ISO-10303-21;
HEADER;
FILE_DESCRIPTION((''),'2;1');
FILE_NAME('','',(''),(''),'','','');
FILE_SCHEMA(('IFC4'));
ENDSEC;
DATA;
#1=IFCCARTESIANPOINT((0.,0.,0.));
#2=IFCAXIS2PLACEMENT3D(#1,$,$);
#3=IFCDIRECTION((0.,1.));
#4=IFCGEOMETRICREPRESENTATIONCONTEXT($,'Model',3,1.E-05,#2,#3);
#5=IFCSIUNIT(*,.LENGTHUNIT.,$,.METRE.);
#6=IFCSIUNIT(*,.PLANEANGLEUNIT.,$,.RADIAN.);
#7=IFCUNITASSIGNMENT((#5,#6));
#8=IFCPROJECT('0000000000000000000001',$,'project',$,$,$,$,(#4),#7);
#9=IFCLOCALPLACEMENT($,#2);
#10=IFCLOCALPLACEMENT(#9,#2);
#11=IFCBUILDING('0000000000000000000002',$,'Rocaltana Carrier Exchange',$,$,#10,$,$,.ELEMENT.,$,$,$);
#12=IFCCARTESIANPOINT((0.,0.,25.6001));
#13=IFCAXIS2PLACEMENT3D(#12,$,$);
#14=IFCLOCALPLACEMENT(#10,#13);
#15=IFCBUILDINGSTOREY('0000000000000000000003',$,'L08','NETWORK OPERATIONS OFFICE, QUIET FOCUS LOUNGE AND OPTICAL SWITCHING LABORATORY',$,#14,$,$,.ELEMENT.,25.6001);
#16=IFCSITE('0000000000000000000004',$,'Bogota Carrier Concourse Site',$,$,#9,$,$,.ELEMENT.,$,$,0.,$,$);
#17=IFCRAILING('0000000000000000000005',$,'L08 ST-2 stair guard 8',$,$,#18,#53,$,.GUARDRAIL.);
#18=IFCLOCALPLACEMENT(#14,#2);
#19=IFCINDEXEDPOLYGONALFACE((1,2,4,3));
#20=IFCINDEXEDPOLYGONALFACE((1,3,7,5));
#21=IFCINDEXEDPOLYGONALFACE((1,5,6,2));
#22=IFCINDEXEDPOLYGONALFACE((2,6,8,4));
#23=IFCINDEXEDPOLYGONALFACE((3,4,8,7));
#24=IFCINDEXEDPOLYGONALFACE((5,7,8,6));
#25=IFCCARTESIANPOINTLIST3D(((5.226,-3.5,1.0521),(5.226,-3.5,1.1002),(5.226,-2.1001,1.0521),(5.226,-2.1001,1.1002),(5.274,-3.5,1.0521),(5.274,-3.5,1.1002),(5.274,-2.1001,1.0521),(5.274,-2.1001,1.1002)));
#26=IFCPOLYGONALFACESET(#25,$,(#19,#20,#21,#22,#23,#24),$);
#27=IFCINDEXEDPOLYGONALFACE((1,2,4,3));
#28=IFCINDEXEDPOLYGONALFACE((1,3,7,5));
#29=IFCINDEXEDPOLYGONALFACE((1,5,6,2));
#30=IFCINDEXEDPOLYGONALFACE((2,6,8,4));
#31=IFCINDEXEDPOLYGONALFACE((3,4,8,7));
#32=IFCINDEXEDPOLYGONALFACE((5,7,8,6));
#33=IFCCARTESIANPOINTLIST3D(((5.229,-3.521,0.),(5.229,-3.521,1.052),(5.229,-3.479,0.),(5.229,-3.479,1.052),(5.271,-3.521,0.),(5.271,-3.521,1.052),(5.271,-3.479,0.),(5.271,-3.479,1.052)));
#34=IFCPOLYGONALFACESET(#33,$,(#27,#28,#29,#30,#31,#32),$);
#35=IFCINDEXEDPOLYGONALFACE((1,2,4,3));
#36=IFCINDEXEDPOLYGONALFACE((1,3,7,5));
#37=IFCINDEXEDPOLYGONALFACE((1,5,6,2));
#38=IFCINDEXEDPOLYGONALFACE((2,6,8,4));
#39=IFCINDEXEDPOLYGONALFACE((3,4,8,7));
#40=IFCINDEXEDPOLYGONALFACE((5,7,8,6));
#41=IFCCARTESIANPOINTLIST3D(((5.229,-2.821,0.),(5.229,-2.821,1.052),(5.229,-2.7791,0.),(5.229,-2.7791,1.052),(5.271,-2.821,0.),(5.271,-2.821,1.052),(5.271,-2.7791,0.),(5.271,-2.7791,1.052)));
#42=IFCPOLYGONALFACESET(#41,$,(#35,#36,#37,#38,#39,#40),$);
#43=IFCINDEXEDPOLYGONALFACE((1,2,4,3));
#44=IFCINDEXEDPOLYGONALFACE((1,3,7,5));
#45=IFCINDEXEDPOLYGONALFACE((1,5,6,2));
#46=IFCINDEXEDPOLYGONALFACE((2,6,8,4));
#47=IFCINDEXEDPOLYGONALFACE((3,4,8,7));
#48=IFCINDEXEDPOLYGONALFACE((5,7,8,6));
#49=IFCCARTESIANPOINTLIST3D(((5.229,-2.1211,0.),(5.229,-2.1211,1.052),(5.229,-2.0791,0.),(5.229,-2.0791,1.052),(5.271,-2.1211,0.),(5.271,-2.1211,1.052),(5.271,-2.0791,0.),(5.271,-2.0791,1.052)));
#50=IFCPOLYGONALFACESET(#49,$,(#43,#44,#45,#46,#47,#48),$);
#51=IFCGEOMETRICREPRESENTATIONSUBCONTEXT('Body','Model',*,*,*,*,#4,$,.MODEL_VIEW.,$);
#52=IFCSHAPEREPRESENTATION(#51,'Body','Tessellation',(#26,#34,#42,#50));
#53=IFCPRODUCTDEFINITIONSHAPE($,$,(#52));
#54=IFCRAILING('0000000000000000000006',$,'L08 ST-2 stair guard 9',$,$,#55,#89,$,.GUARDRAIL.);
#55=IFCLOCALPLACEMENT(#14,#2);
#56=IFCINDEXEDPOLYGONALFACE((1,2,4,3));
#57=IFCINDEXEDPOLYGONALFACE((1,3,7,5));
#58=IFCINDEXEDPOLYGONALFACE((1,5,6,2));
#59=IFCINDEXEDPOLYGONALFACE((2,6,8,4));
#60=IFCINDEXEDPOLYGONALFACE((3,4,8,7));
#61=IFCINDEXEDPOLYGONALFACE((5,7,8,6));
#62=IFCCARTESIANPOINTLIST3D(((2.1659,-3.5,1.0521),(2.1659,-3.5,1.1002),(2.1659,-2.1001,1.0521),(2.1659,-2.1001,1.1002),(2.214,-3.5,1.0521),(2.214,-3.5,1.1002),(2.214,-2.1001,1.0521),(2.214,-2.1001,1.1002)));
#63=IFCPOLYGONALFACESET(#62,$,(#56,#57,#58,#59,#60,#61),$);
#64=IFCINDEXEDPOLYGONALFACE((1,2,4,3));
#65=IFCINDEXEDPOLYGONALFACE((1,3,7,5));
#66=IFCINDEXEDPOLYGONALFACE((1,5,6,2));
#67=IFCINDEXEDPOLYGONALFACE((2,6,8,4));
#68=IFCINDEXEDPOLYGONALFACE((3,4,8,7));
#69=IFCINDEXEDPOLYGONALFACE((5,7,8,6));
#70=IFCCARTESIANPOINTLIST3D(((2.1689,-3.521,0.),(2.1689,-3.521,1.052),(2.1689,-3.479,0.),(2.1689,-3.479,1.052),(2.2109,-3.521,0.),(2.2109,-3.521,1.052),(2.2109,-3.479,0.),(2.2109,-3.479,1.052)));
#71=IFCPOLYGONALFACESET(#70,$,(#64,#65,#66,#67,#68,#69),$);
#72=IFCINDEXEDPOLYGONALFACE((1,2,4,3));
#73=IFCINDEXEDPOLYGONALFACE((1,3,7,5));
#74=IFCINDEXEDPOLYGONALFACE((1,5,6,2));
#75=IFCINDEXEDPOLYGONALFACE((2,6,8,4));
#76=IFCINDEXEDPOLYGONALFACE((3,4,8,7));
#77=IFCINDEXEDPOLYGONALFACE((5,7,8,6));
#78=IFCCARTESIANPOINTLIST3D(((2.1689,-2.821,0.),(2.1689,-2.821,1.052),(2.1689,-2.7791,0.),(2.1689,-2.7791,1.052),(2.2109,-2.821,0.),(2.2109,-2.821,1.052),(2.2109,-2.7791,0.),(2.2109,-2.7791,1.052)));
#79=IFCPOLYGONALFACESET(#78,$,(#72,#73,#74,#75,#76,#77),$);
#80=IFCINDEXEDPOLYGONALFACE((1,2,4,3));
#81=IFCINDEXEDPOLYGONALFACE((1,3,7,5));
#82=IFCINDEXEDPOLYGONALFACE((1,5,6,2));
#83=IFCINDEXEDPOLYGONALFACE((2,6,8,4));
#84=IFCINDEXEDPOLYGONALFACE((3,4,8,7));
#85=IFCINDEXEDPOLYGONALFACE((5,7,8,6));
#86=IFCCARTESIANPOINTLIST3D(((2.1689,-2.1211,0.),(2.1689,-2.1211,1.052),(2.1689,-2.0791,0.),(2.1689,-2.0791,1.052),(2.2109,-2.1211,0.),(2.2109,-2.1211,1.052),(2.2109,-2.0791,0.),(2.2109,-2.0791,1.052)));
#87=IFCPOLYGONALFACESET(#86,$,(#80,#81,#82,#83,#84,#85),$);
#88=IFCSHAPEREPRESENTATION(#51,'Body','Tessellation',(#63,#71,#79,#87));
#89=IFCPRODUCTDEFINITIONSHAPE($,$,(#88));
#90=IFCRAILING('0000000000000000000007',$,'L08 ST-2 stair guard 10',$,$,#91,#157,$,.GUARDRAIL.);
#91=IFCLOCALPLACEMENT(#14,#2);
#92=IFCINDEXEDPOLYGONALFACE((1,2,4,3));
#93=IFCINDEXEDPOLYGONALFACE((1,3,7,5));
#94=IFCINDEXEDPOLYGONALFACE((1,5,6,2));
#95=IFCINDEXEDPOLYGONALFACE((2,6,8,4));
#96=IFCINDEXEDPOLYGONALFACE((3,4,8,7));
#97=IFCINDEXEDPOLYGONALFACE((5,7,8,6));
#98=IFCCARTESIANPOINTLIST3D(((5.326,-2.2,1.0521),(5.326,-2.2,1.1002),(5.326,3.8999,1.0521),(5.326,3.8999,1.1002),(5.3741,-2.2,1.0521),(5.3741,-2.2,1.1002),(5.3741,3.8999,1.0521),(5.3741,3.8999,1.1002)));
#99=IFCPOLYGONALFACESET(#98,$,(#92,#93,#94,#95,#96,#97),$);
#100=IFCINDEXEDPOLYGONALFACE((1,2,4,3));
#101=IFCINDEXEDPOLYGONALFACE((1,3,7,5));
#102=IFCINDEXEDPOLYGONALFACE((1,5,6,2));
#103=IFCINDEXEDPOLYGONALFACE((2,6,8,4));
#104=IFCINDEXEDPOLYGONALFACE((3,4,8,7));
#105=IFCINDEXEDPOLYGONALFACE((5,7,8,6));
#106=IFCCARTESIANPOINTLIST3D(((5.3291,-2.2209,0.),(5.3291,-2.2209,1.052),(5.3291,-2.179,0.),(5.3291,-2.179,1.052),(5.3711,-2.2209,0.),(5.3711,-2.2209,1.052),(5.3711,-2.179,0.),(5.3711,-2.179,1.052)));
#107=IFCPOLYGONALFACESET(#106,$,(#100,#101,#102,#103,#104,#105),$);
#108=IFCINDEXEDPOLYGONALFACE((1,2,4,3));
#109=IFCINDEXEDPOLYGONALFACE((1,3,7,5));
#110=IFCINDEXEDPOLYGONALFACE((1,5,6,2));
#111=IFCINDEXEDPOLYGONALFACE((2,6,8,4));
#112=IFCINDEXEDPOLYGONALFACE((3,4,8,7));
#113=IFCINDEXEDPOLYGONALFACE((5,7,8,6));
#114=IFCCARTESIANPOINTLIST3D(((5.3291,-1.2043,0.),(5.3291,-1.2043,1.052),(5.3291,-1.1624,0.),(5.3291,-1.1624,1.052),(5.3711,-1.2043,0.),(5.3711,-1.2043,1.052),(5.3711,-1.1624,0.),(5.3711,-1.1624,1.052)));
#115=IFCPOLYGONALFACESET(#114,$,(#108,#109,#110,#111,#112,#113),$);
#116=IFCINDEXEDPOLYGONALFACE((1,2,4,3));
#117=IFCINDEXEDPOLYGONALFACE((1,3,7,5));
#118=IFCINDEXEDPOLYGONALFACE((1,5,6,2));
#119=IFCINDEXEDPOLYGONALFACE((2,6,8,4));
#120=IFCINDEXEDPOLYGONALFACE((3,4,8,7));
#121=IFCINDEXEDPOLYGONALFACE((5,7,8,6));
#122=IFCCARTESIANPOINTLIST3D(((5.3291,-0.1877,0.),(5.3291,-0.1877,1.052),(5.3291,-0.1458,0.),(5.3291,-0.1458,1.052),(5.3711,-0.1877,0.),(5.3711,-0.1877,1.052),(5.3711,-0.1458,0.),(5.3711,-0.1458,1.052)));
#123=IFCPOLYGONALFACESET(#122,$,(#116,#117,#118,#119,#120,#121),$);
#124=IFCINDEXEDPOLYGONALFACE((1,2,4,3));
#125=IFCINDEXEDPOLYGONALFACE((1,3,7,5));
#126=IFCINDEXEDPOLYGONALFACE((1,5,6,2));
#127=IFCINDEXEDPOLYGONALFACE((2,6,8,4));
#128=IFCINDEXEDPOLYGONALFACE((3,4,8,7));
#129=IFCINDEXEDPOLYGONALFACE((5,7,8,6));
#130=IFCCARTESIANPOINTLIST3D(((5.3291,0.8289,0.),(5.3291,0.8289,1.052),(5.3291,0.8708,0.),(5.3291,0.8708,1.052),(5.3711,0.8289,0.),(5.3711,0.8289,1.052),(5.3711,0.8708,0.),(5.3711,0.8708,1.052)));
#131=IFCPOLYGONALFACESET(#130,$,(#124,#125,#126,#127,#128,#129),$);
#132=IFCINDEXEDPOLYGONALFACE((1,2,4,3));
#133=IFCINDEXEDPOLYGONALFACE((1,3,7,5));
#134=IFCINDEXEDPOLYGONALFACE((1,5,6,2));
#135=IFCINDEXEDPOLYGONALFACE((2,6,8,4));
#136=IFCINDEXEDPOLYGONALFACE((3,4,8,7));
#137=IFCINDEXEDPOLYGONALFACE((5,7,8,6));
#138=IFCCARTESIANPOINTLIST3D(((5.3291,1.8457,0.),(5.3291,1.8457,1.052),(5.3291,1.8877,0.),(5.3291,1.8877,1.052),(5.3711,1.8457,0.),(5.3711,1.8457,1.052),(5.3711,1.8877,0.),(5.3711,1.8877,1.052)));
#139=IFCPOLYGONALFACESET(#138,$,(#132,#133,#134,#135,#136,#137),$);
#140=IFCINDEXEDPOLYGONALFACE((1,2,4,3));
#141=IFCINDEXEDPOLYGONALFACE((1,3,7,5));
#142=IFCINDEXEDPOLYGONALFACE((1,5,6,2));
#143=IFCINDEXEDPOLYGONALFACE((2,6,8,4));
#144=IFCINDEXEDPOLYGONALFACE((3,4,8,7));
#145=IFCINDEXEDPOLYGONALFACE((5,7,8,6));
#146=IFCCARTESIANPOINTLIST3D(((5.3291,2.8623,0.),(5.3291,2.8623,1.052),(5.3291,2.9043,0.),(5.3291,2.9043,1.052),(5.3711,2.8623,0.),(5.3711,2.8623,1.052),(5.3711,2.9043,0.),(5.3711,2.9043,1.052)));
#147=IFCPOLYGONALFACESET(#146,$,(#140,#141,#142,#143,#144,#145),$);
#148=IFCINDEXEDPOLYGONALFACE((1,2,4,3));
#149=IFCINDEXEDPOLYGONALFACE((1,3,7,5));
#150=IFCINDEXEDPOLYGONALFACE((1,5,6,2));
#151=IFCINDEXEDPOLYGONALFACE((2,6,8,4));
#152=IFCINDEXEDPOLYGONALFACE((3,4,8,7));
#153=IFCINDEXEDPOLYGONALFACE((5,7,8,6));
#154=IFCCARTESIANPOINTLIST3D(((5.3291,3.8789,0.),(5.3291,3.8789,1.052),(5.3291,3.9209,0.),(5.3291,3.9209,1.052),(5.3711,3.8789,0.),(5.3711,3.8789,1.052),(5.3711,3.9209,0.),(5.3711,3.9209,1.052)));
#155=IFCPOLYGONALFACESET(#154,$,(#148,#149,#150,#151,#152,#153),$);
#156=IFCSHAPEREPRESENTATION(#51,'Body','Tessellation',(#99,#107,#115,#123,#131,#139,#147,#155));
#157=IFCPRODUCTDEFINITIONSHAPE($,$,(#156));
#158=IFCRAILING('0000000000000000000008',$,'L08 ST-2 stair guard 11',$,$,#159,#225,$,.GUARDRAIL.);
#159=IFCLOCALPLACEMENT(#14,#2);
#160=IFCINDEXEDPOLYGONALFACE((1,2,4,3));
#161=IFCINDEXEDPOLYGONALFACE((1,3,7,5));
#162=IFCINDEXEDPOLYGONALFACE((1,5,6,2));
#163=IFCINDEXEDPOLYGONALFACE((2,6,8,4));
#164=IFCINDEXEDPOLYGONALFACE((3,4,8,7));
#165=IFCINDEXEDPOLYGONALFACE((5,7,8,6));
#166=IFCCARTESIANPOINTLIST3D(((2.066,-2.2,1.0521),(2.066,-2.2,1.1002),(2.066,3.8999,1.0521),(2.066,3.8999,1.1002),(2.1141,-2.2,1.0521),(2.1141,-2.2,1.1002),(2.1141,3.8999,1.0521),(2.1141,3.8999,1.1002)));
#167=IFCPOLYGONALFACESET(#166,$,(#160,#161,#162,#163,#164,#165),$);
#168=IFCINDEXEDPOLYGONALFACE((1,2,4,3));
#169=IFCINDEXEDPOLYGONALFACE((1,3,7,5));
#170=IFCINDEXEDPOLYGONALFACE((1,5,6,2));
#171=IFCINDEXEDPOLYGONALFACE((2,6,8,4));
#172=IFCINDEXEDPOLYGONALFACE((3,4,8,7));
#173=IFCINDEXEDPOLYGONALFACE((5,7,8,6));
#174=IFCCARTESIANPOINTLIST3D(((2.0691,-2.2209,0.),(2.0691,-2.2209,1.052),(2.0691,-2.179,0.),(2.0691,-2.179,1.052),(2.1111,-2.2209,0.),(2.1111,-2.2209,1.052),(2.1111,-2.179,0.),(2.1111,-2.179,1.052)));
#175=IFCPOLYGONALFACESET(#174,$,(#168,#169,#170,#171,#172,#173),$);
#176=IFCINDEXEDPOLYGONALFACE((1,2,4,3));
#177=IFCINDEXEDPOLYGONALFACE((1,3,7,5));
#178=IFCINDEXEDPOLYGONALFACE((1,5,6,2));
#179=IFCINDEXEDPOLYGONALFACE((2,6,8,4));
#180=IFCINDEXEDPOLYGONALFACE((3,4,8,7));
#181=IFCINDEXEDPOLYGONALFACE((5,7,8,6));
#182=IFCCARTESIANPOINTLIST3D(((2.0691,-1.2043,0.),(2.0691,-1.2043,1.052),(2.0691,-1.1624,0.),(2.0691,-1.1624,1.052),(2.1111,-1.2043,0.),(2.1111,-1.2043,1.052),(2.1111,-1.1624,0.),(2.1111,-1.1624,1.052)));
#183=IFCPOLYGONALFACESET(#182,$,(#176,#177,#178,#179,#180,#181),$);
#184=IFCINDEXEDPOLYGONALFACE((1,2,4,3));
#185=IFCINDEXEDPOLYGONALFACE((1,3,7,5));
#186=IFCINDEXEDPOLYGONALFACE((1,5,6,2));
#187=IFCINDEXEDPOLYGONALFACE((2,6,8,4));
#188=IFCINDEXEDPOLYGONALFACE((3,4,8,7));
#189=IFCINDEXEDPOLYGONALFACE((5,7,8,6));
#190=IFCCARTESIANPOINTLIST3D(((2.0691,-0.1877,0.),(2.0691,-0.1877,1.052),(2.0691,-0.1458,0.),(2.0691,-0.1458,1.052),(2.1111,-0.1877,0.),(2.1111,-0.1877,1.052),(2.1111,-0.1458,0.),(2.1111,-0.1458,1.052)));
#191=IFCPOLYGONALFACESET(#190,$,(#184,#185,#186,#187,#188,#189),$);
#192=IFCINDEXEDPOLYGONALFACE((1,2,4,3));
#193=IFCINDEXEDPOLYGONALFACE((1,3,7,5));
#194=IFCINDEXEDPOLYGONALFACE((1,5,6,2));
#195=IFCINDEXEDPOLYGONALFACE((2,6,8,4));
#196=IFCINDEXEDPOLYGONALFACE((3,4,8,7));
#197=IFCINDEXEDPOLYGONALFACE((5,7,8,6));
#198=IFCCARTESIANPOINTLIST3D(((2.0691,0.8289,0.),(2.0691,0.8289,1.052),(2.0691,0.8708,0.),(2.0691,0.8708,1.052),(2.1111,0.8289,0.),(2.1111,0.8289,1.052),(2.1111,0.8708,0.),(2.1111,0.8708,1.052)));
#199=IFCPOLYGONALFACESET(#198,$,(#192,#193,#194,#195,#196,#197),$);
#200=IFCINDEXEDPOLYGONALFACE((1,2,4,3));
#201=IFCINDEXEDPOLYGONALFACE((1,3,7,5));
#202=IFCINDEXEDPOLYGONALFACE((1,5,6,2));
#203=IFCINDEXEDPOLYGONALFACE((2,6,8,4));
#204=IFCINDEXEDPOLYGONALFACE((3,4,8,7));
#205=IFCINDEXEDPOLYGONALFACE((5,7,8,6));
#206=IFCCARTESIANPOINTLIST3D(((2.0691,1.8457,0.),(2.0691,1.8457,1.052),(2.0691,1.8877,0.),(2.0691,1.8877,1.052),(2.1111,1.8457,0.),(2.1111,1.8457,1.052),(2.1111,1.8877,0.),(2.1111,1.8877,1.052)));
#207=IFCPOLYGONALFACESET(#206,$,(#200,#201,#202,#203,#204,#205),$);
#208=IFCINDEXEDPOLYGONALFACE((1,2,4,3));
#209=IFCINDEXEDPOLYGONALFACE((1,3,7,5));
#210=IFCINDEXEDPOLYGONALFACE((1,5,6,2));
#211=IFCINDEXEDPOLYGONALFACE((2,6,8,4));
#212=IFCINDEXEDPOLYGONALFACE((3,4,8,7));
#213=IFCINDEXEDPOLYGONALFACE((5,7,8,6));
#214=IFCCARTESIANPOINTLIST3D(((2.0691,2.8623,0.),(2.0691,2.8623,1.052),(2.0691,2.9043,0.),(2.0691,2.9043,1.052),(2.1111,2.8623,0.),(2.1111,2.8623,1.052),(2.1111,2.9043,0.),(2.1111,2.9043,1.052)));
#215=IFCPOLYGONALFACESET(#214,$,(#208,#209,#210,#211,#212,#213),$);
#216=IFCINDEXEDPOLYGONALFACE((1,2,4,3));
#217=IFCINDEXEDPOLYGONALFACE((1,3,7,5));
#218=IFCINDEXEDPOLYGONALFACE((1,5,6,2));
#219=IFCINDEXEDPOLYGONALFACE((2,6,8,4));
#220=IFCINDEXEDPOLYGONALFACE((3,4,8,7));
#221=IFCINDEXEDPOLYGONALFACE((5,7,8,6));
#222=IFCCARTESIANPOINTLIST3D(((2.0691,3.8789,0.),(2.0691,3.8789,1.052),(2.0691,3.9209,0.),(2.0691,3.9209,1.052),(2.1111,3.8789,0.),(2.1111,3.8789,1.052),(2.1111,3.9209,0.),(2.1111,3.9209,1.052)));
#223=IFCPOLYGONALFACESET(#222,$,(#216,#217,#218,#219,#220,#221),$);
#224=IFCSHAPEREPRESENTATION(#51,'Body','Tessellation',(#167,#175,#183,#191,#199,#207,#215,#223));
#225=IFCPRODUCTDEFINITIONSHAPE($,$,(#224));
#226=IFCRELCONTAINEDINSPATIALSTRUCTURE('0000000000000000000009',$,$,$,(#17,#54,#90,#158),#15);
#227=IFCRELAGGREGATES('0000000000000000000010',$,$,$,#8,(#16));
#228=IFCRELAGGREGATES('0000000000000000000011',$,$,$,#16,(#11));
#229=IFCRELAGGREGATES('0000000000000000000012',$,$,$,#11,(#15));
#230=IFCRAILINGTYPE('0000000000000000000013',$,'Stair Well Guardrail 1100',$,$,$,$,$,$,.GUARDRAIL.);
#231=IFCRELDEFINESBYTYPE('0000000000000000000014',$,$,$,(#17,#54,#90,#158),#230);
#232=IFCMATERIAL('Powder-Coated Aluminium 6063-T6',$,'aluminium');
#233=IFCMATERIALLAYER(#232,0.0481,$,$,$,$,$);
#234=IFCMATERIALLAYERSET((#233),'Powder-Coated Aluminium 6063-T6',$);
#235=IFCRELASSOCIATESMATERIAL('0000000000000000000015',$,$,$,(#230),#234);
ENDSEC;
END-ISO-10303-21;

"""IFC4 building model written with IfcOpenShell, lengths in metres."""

from ifc_helpers import new_model, si_unit, direction, frame, origin, origin_2d, place, context, subcontext, project, spatial, rectangle, extrude, material, layer, layer_set, type_object, element, save


model = new_model("IFC4")

# Units and contexts
model_context = context("Model", 3, precision=1e-05, world=origin(), true_north=direction((0.0, 1.0)))
body_context = subcontext(model_context, "Body", "Model", "MODEL_VIEW")
ifc_project = project(units=[si_unit("LENGTHUNIT", "METRE"), si_unit("PLANEANGLEUNIT", "RADIAN")], contexts=[model_context])

# Site, building, storey
site_placement = place(None, origin())
site = spatial("IfcSite", under=ifc_project, at=site_placement, Name="Bogota Carrier Concourse Site", CompositionType="ELEMENT", RefElevation=0.0)
building_placement = place(site_placement, origin())
building = spatial("IfcBuilding", under=site, at=building_placement, Name="Rocaltana Carrier Exchange", CompositionType="ELEMENT")
storey_placement = place(building_placement, frame((0.0, 0.0, 25.6001)))
storey = spatial("IfcBuildingStorey", under=building, at=storey_placement, Name="L08", Description="NETWORK OPERATIONS OFFICE, QUIET FOCUS LOUNGE AND OPTICAL SWITCHING LABORATORY", CompositionType="ELEMENT", Elevation=25.6001)

# Railings
ifc_material_1 = material(Name="Powder-Coated Aluminium 6063-T6", Category="aluminium")
ifc_layer_1 = layer(ifc_material_1, 0.0481)
ifc_layer_set_1 = layer_set([ifc_layer_1], Name="Powder-Coated Aluminium 6063-T6")
railing_type_1 = type_object("IfcRailingType", Name="Stair Well Guardrail 1100", PredefinedType="GUARDRAIL", material=ifc_layer_set_1)
for number, where, name in (
    (1, (5.25, -3.5, 0.0), "L08 ST-2 stair guard 8"),
    (2, (2.1899, -3.5, 0.0), "L08 ST-2 stair guard 9"),
):
    element("IfcRailing", number, at=place(storey_placement, frame(where)), inside=storey, type_object=railing_type_1, Name=name, PredefinedType="GUARDRAIL", context=body_context, shape_type="SweptSolid", body=[
        extrude(rectangle(XDim=0.0481, YDim=0.0481, at=origin_2d()), frame((0.0, 0.0, 1.0762), z_axis=(0.0, 1.0, 0.0), x_axis=(-1.0, 0.0, 0.0)), (0.0, 0.0, 1.0), 1.3999),
        extrude(rectangle(XDim=0.042, YDim=0.042, at=origin_2d()), origin(), (0.0, 0.0, 1.0), 1.052),
        extrude(rectangle(XDim=0.042, YDim=0.042, at=origin_2d()), frame((0.0, 0.7, 0.0)), (0.0, 0.0, 1.0), 1.052),
        extrude(rectangle(XDim=0.042, YDim=0.042, at=origin_2d()), frame((0.0, 1.3999, 0.0)), (0.0, 0.0, 1.0), 1.052),
    ])
for number, where, name in (
    (3, (5.3501, -2.2, 0.0), "L08 ST-2 stair guard 10"),
    (4, (2.0901, -2.2, 0.0), "L08 ST-2 stair guard 11"),
):
    element("IfcRailing", number, at=place(storey_placement, frame(where)), inside=storey, type_object=railing_type_1, Name=name, PredefinedType="GUARDRAIL", context=body_context, shape_type="SweptSolid", body=[
        extrude(rectangle(XDim=0.0481, YDim=0.0481, at=origin_2d()), frame((0.0, 0.0, 1.0762), z_axis=(0.0, 1.0, 0.0), x_axis=(-1.0, 0.0, 0.0)), (0.0, 0.0, 1.0), 6.0999),
        extrude(rectangle(XDim=0.042, YDim=0.042, at=origin_2d()), origin(), (0.0, 0.0, 1.0), 1.052),
        extrude(rectangle(XDim=0.042, YDim=0.042, at=origin_2d()), frame((0.0, 1.0166, 0.0)), (0.0, 0.0, 1.0), 1.052),
        extrude(rectangle(XDim=0.042, YDim=0.042, at=origin_2d()), frame((0.0, 2.0332, 0.0)), (0.0, 0.0, 1.0), 1.052),
        extrude(rectangle(XDim=0.042, YDim=0.042, at=origin_2d()), frame((0.0, 3.0498, 0.0)), (0.0, 0.0, 1.0), 1.052),
        extrude(rectangle(XDim=0.042, YDim=0.042, at=origin_2d()), frame((0.0, 4.0667, 0.0)), (0.0, 0.0, 1.0), 1.052),
        extrude(rectangle(XDim=0.042, YDim=0.042, at=origin_2d()), frame((0.0, 5.0833, 0.0)), (0.0, 0.0, 1.0), 1.052),
        extrude(rectangle(XDim=0.042, YDim=0.042, at=origin_2d()), frame((0.0, 6.0999, 0.0)), (0.0, 0.0, 1.0), 1.052),
    ])

save(model, "model.ifc")
